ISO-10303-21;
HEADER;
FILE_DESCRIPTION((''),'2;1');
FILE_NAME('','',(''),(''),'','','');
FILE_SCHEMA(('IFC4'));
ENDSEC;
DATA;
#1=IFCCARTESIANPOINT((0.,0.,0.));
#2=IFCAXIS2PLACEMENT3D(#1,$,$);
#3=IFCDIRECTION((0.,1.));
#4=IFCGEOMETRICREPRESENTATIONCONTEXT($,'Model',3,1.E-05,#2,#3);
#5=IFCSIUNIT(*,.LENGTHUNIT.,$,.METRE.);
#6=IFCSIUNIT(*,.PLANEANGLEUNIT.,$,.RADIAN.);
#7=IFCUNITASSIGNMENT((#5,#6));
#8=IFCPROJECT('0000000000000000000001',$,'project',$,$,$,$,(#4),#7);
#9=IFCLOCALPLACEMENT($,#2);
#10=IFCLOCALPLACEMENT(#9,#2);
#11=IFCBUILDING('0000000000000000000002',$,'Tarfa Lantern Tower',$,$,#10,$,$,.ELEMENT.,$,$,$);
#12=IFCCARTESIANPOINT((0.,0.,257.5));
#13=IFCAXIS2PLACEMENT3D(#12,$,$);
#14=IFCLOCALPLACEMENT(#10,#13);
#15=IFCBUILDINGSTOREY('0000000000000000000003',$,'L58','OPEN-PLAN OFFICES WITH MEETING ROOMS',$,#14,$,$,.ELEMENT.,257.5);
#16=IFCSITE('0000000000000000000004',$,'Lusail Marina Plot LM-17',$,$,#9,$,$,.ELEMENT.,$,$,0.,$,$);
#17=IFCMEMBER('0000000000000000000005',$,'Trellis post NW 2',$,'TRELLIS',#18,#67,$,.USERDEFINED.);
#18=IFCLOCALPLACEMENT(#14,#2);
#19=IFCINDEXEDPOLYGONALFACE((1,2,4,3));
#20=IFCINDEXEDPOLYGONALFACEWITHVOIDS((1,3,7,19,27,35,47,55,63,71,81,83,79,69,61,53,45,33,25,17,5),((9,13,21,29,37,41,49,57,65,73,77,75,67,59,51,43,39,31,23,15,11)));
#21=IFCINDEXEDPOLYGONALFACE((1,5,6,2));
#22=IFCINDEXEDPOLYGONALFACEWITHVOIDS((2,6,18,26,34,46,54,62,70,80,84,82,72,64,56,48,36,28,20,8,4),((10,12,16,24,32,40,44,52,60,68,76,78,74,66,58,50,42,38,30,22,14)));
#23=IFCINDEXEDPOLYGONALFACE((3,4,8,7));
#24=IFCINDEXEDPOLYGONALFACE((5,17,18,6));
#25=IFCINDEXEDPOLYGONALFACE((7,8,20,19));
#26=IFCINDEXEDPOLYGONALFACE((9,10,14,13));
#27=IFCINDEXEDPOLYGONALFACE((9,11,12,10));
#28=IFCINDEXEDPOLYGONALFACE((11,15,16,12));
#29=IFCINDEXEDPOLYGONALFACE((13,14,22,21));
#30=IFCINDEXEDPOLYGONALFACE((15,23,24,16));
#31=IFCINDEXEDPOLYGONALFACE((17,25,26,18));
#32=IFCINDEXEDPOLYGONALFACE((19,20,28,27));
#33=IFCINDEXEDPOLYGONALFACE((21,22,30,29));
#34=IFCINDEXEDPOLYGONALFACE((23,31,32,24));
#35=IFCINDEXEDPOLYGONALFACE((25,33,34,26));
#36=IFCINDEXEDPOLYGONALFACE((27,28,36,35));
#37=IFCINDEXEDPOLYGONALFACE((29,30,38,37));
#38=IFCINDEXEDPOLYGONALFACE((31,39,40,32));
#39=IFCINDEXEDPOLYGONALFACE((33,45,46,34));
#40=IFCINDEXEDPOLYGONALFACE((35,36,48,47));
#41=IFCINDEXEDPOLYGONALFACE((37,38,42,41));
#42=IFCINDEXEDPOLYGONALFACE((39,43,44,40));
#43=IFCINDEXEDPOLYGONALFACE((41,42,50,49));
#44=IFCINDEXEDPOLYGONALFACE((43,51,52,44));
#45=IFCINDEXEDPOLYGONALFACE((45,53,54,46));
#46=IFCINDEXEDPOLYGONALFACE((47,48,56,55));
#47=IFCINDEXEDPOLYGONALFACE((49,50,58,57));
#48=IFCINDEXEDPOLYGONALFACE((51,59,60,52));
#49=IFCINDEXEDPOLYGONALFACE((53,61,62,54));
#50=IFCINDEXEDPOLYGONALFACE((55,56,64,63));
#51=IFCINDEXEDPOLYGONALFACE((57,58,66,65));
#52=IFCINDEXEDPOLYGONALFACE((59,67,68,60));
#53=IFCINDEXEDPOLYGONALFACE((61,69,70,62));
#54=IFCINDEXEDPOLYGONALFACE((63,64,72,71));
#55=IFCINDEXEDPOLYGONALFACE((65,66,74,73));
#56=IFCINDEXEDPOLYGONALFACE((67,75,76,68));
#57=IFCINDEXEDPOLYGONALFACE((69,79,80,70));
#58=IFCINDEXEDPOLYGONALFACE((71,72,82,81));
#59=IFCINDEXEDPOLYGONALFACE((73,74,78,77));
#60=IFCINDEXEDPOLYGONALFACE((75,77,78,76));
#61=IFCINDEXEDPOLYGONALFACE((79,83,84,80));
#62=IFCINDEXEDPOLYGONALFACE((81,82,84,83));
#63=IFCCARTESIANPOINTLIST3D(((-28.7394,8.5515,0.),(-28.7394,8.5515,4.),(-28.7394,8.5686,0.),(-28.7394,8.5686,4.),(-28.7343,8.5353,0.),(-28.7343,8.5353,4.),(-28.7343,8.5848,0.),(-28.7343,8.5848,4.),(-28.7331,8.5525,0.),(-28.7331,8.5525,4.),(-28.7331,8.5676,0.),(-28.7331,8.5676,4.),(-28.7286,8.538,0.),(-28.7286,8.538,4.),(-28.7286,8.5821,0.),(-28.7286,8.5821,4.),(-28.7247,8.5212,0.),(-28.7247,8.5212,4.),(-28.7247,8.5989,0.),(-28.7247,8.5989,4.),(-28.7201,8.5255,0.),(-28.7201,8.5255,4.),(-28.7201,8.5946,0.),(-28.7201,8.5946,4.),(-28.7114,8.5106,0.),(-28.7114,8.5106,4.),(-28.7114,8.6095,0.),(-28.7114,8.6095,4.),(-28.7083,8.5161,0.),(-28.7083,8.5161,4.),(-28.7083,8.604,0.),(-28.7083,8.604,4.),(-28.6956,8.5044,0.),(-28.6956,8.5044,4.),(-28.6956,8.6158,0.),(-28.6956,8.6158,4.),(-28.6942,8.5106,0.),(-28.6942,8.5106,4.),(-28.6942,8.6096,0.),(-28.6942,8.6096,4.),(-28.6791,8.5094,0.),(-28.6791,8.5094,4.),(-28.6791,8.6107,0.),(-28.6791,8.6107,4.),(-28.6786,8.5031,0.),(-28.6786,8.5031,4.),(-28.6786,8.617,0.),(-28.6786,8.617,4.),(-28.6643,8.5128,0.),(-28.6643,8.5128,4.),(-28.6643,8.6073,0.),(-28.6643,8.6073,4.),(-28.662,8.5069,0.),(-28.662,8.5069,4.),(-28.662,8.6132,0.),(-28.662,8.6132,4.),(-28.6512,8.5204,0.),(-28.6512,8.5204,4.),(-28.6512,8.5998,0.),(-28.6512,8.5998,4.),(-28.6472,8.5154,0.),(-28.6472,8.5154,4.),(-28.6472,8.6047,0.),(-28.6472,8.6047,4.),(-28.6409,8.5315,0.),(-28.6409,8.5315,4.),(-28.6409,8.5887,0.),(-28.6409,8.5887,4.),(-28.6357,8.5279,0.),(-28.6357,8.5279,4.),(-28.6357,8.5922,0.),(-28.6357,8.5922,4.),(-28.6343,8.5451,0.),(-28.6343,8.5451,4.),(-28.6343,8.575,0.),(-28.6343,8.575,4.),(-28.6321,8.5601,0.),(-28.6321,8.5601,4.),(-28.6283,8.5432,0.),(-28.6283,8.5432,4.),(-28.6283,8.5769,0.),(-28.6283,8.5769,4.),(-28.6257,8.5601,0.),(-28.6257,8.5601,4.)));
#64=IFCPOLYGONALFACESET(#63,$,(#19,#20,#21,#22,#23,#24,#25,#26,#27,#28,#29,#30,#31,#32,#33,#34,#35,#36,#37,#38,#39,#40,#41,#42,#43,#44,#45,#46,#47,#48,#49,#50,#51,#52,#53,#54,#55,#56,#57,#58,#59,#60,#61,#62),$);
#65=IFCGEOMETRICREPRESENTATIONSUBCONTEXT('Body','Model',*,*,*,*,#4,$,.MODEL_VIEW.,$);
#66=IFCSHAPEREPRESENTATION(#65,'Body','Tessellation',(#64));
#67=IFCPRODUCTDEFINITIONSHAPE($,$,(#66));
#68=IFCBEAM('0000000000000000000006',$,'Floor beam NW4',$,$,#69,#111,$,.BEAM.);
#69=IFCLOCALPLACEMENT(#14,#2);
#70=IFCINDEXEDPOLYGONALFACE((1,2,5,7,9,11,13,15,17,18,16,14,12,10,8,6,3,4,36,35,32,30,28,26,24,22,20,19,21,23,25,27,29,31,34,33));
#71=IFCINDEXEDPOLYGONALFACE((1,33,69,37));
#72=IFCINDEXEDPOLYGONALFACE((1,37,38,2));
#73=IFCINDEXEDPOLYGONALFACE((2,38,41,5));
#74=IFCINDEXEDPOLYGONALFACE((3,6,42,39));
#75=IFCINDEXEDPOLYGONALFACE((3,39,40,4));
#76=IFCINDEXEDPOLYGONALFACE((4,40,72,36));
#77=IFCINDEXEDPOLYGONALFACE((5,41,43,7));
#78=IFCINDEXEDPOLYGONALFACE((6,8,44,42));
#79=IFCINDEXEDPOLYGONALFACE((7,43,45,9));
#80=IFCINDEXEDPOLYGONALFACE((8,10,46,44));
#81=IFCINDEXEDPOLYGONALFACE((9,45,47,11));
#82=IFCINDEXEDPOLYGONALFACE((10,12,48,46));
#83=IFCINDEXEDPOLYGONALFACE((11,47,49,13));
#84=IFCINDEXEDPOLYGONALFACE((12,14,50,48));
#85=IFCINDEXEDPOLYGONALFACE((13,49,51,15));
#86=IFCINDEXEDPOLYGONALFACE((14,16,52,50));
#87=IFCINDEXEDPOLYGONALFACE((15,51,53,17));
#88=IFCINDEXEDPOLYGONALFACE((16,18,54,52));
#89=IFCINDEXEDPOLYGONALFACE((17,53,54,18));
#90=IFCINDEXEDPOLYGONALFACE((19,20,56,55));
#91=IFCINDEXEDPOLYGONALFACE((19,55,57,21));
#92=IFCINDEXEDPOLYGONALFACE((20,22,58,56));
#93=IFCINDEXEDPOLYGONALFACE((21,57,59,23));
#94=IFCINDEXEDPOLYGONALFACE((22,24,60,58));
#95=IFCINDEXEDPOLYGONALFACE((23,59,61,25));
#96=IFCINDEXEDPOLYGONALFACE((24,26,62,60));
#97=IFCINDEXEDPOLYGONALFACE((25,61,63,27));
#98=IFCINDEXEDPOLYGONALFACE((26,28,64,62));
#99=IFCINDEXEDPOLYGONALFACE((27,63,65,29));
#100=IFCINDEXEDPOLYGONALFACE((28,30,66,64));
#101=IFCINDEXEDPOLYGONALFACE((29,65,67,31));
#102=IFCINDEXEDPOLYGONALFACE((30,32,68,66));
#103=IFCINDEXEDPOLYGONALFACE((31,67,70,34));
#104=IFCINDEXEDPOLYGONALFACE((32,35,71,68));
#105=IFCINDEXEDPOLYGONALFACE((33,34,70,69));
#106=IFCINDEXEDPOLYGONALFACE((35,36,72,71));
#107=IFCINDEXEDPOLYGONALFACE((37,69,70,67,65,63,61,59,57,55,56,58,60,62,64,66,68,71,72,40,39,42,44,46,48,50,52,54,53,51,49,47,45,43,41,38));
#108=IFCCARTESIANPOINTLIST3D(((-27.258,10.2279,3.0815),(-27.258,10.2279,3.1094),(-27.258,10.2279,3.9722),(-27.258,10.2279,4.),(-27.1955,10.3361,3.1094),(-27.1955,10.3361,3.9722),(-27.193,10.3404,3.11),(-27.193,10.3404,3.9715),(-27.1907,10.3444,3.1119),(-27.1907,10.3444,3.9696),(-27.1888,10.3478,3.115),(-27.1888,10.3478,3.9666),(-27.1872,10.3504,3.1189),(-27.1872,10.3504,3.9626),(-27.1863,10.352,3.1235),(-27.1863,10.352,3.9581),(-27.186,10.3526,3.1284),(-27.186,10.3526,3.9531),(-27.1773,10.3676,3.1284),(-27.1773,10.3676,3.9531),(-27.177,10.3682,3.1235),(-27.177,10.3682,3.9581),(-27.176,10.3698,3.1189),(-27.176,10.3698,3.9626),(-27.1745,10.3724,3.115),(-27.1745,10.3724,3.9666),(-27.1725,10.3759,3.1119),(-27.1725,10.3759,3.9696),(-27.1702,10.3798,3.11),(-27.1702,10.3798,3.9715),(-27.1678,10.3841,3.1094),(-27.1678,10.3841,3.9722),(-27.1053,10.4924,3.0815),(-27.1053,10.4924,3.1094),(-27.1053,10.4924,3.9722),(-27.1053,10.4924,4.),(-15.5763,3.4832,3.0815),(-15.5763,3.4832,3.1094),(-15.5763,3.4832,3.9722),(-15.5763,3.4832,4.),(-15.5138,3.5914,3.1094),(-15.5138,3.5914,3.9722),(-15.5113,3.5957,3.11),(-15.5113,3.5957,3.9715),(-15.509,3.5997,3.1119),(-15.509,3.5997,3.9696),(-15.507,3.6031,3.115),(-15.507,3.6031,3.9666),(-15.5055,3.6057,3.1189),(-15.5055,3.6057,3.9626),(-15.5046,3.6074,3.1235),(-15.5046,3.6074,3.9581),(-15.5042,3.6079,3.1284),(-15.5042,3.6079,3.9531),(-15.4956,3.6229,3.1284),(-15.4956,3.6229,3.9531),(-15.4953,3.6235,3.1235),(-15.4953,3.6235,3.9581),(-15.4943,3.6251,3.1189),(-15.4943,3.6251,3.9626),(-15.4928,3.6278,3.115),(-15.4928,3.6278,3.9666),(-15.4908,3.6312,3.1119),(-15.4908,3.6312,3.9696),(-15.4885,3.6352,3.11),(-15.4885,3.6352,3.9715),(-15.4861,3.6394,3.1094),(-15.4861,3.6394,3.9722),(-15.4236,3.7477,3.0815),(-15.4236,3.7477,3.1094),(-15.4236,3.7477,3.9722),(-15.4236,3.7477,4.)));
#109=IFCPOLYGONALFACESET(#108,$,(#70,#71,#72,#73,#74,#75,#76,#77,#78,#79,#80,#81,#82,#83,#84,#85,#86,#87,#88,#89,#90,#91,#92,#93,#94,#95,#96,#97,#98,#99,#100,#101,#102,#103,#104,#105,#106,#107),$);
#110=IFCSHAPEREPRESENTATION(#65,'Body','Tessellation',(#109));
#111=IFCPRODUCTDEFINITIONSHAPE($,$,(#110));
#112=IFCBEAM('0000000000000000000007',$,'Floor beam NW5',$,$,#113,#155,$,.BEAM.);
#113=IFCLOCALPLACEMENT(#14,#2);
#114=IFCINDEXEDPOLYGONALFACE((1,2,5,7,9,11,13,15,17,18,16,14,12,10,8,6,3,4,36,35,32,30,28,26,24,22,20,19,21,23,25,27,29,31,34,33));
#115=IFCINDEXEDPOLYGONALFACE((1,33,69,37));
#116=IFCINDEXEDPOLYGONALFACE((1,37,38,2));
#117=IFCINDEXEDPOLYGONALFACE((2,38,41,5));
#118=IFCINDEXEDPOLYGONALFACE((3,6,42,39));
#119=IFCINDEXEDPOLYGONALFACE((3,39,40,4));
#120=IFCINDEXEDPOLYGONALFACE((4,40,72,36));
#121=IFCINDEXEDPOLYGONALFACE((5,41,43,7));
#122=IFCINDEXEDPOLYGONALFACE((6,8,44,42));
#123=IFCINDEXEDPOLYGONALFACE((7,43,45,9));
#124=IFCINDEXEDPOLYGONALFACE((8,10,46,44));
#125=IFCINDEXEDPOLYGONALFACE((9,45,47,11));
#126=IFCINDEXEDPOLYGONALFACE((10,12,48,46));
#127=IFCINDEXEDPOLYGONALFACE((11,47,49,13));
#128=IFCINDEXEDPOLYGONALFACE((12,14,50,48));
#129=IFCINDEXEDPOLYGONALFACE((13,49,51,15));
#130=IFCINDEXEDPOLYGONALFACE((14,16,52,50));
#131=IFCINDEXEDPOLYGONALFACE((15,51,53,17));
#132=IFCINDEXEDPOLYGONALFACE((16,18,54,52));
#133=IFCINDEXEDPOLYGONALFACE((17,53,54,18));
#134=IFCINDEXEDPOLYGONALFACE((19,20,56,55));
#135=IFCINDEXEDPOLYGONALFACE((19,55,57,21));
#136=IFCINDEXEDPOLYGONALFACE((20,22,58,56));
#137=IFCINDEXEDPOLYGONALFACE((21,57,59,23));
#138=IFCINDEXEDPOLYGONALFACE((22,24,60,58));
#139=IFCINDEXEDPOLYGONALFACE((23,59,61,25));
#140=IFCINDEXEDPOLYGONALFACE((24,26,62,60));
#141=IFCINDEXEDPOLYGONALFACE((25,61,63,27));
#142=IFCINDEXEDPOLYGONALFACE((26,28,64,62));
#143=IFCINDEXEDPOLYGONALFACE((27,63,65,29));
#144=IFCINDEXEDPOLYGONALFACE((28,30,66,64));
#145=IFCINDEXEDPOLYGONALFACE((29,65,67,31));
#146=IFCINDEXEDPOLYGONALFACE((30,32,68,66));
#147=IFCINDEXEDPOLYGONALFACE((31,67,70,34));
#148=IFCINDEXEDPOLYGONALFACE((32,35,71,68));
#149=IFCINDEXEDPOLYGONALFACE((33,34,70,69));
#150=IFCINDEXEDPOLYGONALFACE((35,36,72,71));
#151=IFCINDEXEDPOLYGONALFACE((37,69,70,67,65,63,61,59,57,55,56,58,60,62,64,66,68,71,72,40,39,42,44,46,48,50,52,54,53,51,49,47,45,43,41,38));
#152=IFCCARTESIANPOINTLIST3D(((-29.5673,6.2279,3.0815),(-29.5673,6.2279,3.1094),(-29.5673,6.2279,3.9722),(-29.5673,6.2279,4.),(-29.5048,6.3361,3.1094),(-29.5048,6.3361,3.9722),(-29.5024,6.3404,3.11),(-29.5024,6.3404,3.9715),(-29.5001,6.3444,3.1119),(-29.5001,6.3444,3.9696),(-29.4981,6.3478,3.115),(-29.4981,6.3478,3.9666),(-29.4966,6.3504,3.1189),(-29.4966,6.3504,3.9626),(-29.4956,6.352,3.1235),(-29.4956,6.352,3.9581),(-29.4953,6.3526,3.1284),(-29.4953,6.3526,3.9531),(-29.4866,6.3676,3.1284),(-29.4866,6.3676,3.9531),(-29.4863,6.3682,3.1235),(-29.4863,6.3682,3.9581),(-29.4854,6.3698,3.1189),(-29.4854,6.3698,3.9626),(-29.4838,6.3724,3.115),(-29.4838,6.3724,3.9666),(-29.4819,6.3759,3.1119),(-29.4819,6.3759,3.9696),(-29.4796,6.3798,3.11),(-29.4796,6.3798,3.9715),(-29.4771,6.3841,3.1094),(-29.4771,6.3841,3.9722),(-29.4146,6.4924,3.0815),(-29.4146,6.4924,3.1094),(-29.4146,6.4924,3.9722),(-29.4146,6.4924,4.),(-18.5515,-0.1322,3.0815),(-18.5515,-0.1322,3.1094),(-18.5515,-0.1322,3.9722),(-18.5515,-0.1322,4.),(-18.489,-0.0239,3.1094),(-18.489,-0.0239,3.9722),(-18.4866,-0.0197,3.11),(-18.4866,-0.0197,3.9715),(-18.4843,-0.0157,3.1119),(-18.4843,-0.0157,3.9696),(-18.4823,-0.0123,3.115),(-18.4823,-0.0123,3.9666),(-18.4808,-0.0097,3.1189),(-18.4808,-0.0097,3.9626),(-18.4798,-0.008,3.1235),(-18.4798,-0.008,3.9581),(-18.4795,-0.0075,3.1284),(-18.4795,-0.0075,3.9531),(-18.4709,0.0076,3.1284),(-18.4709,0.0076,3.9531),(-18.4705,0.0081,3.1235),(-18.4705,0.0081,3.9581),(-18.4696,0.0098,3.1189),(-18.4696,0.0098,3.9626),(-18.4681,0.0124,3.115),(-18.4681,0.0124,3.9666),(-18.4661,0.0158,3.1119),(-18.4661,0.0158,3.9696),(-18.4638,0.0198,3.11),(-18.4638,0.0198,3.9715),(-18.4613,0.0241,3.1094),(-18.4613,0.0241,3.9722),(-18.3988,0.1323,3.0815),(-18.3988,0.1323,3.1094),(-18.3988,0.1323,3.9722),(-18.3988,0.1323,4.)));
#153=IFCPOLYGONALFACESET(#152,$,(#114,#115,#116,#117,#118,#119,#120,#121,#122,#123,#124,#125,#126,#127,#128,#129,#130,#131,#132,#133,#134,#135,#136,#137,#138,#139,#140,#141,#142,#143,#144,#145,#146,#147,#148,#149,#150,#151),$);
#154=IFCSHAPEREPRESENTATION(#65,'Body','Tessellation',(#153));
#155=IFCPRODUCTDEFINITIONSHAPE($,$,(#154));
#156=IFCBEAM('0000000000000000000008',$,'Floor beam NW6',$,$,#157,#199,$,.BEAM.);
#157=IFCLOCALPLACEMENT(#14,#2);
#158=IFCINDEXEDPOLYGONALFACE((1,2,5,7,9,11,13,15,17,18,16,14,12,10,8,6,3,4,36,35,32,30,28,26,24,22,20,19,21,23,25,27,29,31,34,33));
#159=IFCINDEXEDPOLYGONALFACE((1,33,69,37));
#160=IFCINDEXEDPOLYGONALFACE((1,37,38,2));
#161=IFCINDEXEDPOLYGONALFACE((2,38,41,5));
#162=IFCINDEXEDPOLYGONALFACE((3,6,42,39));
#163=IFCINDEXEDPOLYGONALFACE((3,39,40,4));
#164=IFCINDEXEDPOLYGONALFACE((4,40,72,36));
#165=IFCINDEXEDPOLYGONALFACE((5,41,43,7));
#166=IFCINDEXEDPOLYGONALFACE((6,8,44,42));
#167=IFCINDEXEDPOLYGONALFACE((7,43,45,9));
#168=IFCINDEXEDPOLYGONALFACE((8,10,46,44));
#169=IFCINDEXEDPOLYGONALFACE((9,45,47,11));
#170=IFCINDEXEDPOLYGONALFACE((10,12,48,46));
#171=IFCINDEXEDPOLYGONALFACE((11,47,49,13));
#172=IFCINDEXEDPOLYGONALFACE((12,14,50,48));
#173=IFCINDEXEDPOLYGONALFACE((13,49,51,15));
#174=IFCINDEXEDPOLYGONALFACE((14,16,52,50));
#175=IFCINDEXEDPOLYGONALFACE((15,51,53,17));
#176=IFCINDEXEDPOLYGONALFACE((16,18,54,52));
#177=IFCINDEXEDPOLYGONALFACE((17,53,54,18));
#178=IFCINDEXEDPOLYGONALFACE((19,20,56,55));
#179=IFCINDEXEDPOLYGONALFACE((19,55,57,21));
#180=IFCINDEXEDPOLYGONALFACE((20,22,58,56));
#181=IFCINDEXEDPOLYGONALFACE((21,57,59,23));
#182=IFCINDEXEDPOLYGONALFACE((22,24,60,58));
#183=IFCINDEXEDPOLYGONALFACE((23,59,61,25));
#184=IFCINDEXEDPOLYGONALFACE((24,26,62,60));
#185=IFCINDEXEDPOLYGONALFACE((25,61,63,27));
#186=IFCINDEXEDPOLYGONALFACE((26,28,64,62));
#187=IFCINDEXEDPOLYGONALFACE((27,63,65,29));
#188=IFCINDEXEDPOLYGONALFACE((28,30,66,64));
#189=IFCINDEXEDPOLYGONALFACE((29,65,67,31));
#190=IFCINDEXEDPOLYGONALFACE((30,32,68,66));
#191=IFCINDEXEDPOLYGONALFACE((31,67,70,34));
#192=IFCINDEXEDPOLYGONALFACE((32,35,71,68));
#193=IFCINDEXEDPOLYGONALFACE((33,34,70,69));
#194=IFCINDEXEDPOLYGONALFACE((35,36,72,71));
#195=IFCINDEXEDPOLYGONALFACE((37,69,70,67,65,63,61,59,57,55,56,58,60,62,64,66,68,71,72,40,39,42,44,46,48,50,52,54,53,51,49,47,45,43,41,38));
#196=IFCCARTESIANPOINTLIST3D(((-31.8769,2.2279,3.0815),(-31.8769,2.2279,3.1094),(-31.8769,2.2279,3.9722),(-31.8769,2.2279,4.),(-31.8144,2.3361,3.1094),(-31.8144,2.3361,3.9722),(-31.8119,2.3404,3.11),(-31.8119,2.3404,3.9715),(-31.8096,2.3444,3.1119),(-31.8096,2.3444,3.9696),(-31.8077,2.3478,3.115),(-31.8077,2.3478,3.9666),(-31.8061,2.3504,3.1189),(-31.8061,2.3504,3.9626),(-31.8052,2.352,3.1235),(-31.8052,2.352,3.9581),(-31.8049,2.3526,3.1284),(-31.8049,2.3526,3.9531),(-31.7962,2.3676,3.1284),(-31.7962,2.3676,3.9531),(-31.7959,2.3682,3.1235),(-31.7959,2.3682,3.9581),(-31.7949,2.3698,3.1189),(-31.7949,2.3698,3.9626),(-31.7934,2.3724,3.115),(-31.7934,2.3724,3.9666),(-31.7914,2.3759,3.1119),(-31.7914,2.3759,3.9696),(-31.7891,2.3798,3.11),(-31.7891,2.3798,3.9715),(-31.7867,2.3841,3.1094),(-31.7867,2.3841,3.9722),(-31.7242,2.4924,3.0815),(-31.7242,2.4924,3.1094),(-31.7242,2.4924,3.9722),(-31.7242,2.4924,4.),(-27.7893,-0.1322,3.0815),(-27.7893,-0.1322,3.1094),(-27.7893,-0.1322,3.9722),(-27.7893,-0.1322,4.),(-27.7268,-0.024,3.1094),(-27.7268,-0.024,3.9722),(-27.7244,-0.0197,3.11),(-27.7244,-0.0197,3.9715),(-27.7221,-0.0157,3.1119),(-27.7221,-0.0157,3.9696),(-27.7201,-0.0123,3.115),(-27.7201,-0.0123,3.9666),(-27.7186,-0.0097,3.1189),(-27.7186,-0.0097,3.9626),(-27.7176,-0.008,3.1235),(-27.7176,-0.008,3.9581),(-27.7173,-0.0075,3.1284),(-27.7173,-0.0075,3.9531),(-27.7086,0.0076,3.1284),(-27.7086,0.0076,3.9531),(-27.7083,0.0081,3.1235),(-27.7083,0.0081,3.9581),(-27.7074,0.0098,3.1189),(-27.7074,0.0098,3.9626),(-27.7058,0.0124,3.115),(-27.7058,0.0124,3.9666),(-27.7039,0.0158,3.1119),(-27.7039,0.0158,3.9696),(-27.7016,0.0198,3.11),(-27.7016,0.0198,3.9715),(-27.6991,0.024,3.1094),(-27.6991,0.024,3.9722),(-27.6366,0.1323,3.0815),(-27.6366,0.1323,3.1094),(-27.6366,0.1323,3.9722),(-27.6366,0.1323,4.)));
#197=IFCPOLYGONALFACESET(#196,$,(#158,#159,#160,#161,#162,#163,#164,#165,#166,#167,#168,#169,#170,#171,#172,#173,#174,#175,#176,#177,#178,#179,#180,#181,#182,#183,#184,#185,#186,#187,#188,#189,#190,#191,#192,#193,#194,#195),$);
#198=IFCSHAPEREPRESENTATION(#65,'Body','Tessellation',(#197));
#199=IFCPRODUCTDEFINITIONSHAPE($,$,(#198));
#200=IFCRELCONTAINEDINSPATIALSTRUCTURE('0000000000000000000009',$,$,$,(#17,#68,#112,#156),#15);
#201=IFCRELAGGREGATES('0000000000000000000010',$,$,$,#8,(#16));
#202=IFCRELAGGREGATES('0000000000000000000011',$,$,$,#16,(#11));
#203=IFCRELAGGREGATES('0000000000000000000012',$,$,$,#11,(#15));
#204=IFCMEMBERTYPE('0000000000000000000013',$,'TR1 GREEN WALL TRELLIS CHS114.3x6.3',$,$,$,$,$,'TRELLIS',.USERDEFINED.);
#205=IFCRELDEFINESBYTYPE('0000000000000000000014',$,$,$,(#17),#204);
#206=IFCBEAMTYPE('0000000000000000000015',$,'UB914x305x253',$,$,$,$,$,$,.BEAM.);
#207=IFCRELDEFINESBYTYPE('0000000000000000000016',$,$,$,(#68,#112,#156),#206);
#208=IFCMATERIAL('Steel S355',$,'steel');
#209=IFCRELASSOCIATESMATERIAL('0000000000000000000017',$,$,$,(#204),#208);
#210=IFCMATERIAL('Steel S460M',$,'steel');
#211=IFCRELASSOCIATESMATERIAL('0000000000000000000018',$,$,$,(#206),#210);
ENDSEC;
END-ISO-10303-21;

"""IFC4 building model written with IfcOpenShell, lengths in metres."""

from ifc_helpers import new_model, si_unit, direction, frame, origin, origin_2d, place, context, subcontext, project, spatial, hollow_circle, i_section, extrude, material, material_profile, profile_set, type_object, element, save


model = new_model("IFC4")

# Units and contexts
model_context = context("Model", 3, precision=1e-05, world=origin(), true_north=direction((0.0, 1.0)))
body_context = subcontext(model_context, "Body", "Model", "MODEL_VIEW")
ifc_project = project(units=[si_unit("LENGTHUNIT", "METRE"), si_unit("PLANEANGLEUNIT", "RADIAN")], contexts=[model_context])

# Site, building, storey
site_placement = place(None, origin())
site = spatial("IfcSite", under=ifc_project, at=site_placement, Name="Lusail Marina Plot LM-17", CompositionType="ELEMENT", RefElevation=0.0)
building_placement = place(site_placement, origin())
building = spatial("IfcBuilding", under=site, at=building_placement, Name="Tarfa Lantern Tower", CompositionType="ELEMENT")
storey_placement = place(building_placement, frame((0.0, 0.0, 257.5)))
storey = spatial("IfcBuildingStorey", under=building, at=storey_placement, Name="L58", Description="OPEN-PLAN OFFICES WITH MEETING ROOMS", CompositionType="ELEMENT", Elevation=257.5)

# Member
ifc_material_1 = material(Name="Steel S355", Category="steel")
ifc_material_profile_1 = material_profile(ifc_material_1, hollow_circle(Radius=0.0571, WallThickness=0.0063, at=origin_2d()), Name="CHS114.3x6.3")
ifc_profile_set_1 = profile_set([ifc_material_profile_1], Name="Steel S355")
member_type_1 = type_object("IfcMemberType", Name="TR1 GREEN WALL TRELLIS CHS114.3x6.3", ElementType="TRELLIS", PredefinedType="USERDEFINED", material=ifc_profile_set_1)
member_1_placement = place(storey_placement, frame((-28.6829, 8.5601, 0.0), z_axis=(0.0, 0.0, 1.0), x_axis=(1.0, 0.0, 0.0)))
element("IfcMember", 1, at=member_1_placement, inside=storey, type_object=member_type_1, Name="Trellis post NW 2", ObjectType="TRELLIS", PredefinedType="USERDEFINED", context=body_context, shape_type="SweptSolid", body=[
    extrude(hollow_circle(Radius=0.0571, WallThickness=0.0063, at=origin_2d()), origin(), (0.0, 0.0, 1.0), 4.0),
])

# Beams
ifc_material_2 = material(Name="Steel S460M", Category="steel")
ifc_material_profile_2 = material_profile(ifc_material_2, i_section(OverallWidth=0.3054, OverallDepth=0.9185, WebThickness=0.0173, FlangeThickness=0.0278, FilletRadius=0.019, at=origin_2d()), Name="UB914x305x253")
ifc_profile_set_2 = profile_set([ifc_material_profile_2], Name="Steel S460M")
beam_type_1 = type_object("IfcBeamType", Name="UB914x305x253", PredefinedType="BEAM", material=ifc_profile_set_2)
beam_1_placement = place(storey_placement, frame((-27.1816, 10.3601, 3.5408), z_axis=(0.866018, -0.500013, 0.0), x_axis=(0.500013, 0.866018, 0.0)))
element("IfcBeam", 2, at=beam_1_placement, inside=storey, type_object=beam_type_1, Name="Floor beam NW4", PredefinedType="BEAM", context=body_context, shape_type="SweptSolid", body=[
    extrude(i_section(OverallWidth=0.3054, OverallDepth=0.9185, WebThickness=0.0173, FlangeThickness=0.0278, FilletRadius=0.019, at=origin_2d()), origin(), (0.0, 0.0, 1.0), 13.489),
])
beam_2_placement = place(storey_placement, frame((-29.491, 6.3601, 3.5408), z_axis=(0.866022, -0.500005, 0.0), x_axis=(0.500005, 0.866022, 0.0)))
element("IfcBeam", 3, at=beam_2_placement, inside=storey, type_object=beam_type_1, Name="Floor beam NW5", PredefinedType="BEAM", context=body_context, shape_type="SweptSolid", body=[
    extrude(i_section(OverallWidth=0.3054, OverallDepth=0.9185, WebThickness=0.0173, FlangeThickness=0.0278, FilletRadius=0.019, at=origin_2d()), origin(), (0.0, 0.0, 1.0), 12.72),
])
beam_3_placement = place(storey_placement, frame((-31.8005, 2.3601, 3.5408), z_axis=(0.866016, -0.500016, 0.0), x_axis=(0.500016, 0.866016, 0.0)))
element("IfcBeam", 4, at=beam_3_placement, inside=storey, type_object=beam_type_1, Name="Floor beam NW6", PredefinedType="BEAM", context=body_context, shape_type="SweptSolid", body=[
    extrude(i_section(OverallWidth=0.3054, OverallDepth=0.9185, WebThickness=0.0173, FlangeThickness=0.0278, FilletRadius=0.019, at=origin_2d()), origin(), (0.0, 0.0, 1.0), 4.72),
])

save(model, "model.ifc")
